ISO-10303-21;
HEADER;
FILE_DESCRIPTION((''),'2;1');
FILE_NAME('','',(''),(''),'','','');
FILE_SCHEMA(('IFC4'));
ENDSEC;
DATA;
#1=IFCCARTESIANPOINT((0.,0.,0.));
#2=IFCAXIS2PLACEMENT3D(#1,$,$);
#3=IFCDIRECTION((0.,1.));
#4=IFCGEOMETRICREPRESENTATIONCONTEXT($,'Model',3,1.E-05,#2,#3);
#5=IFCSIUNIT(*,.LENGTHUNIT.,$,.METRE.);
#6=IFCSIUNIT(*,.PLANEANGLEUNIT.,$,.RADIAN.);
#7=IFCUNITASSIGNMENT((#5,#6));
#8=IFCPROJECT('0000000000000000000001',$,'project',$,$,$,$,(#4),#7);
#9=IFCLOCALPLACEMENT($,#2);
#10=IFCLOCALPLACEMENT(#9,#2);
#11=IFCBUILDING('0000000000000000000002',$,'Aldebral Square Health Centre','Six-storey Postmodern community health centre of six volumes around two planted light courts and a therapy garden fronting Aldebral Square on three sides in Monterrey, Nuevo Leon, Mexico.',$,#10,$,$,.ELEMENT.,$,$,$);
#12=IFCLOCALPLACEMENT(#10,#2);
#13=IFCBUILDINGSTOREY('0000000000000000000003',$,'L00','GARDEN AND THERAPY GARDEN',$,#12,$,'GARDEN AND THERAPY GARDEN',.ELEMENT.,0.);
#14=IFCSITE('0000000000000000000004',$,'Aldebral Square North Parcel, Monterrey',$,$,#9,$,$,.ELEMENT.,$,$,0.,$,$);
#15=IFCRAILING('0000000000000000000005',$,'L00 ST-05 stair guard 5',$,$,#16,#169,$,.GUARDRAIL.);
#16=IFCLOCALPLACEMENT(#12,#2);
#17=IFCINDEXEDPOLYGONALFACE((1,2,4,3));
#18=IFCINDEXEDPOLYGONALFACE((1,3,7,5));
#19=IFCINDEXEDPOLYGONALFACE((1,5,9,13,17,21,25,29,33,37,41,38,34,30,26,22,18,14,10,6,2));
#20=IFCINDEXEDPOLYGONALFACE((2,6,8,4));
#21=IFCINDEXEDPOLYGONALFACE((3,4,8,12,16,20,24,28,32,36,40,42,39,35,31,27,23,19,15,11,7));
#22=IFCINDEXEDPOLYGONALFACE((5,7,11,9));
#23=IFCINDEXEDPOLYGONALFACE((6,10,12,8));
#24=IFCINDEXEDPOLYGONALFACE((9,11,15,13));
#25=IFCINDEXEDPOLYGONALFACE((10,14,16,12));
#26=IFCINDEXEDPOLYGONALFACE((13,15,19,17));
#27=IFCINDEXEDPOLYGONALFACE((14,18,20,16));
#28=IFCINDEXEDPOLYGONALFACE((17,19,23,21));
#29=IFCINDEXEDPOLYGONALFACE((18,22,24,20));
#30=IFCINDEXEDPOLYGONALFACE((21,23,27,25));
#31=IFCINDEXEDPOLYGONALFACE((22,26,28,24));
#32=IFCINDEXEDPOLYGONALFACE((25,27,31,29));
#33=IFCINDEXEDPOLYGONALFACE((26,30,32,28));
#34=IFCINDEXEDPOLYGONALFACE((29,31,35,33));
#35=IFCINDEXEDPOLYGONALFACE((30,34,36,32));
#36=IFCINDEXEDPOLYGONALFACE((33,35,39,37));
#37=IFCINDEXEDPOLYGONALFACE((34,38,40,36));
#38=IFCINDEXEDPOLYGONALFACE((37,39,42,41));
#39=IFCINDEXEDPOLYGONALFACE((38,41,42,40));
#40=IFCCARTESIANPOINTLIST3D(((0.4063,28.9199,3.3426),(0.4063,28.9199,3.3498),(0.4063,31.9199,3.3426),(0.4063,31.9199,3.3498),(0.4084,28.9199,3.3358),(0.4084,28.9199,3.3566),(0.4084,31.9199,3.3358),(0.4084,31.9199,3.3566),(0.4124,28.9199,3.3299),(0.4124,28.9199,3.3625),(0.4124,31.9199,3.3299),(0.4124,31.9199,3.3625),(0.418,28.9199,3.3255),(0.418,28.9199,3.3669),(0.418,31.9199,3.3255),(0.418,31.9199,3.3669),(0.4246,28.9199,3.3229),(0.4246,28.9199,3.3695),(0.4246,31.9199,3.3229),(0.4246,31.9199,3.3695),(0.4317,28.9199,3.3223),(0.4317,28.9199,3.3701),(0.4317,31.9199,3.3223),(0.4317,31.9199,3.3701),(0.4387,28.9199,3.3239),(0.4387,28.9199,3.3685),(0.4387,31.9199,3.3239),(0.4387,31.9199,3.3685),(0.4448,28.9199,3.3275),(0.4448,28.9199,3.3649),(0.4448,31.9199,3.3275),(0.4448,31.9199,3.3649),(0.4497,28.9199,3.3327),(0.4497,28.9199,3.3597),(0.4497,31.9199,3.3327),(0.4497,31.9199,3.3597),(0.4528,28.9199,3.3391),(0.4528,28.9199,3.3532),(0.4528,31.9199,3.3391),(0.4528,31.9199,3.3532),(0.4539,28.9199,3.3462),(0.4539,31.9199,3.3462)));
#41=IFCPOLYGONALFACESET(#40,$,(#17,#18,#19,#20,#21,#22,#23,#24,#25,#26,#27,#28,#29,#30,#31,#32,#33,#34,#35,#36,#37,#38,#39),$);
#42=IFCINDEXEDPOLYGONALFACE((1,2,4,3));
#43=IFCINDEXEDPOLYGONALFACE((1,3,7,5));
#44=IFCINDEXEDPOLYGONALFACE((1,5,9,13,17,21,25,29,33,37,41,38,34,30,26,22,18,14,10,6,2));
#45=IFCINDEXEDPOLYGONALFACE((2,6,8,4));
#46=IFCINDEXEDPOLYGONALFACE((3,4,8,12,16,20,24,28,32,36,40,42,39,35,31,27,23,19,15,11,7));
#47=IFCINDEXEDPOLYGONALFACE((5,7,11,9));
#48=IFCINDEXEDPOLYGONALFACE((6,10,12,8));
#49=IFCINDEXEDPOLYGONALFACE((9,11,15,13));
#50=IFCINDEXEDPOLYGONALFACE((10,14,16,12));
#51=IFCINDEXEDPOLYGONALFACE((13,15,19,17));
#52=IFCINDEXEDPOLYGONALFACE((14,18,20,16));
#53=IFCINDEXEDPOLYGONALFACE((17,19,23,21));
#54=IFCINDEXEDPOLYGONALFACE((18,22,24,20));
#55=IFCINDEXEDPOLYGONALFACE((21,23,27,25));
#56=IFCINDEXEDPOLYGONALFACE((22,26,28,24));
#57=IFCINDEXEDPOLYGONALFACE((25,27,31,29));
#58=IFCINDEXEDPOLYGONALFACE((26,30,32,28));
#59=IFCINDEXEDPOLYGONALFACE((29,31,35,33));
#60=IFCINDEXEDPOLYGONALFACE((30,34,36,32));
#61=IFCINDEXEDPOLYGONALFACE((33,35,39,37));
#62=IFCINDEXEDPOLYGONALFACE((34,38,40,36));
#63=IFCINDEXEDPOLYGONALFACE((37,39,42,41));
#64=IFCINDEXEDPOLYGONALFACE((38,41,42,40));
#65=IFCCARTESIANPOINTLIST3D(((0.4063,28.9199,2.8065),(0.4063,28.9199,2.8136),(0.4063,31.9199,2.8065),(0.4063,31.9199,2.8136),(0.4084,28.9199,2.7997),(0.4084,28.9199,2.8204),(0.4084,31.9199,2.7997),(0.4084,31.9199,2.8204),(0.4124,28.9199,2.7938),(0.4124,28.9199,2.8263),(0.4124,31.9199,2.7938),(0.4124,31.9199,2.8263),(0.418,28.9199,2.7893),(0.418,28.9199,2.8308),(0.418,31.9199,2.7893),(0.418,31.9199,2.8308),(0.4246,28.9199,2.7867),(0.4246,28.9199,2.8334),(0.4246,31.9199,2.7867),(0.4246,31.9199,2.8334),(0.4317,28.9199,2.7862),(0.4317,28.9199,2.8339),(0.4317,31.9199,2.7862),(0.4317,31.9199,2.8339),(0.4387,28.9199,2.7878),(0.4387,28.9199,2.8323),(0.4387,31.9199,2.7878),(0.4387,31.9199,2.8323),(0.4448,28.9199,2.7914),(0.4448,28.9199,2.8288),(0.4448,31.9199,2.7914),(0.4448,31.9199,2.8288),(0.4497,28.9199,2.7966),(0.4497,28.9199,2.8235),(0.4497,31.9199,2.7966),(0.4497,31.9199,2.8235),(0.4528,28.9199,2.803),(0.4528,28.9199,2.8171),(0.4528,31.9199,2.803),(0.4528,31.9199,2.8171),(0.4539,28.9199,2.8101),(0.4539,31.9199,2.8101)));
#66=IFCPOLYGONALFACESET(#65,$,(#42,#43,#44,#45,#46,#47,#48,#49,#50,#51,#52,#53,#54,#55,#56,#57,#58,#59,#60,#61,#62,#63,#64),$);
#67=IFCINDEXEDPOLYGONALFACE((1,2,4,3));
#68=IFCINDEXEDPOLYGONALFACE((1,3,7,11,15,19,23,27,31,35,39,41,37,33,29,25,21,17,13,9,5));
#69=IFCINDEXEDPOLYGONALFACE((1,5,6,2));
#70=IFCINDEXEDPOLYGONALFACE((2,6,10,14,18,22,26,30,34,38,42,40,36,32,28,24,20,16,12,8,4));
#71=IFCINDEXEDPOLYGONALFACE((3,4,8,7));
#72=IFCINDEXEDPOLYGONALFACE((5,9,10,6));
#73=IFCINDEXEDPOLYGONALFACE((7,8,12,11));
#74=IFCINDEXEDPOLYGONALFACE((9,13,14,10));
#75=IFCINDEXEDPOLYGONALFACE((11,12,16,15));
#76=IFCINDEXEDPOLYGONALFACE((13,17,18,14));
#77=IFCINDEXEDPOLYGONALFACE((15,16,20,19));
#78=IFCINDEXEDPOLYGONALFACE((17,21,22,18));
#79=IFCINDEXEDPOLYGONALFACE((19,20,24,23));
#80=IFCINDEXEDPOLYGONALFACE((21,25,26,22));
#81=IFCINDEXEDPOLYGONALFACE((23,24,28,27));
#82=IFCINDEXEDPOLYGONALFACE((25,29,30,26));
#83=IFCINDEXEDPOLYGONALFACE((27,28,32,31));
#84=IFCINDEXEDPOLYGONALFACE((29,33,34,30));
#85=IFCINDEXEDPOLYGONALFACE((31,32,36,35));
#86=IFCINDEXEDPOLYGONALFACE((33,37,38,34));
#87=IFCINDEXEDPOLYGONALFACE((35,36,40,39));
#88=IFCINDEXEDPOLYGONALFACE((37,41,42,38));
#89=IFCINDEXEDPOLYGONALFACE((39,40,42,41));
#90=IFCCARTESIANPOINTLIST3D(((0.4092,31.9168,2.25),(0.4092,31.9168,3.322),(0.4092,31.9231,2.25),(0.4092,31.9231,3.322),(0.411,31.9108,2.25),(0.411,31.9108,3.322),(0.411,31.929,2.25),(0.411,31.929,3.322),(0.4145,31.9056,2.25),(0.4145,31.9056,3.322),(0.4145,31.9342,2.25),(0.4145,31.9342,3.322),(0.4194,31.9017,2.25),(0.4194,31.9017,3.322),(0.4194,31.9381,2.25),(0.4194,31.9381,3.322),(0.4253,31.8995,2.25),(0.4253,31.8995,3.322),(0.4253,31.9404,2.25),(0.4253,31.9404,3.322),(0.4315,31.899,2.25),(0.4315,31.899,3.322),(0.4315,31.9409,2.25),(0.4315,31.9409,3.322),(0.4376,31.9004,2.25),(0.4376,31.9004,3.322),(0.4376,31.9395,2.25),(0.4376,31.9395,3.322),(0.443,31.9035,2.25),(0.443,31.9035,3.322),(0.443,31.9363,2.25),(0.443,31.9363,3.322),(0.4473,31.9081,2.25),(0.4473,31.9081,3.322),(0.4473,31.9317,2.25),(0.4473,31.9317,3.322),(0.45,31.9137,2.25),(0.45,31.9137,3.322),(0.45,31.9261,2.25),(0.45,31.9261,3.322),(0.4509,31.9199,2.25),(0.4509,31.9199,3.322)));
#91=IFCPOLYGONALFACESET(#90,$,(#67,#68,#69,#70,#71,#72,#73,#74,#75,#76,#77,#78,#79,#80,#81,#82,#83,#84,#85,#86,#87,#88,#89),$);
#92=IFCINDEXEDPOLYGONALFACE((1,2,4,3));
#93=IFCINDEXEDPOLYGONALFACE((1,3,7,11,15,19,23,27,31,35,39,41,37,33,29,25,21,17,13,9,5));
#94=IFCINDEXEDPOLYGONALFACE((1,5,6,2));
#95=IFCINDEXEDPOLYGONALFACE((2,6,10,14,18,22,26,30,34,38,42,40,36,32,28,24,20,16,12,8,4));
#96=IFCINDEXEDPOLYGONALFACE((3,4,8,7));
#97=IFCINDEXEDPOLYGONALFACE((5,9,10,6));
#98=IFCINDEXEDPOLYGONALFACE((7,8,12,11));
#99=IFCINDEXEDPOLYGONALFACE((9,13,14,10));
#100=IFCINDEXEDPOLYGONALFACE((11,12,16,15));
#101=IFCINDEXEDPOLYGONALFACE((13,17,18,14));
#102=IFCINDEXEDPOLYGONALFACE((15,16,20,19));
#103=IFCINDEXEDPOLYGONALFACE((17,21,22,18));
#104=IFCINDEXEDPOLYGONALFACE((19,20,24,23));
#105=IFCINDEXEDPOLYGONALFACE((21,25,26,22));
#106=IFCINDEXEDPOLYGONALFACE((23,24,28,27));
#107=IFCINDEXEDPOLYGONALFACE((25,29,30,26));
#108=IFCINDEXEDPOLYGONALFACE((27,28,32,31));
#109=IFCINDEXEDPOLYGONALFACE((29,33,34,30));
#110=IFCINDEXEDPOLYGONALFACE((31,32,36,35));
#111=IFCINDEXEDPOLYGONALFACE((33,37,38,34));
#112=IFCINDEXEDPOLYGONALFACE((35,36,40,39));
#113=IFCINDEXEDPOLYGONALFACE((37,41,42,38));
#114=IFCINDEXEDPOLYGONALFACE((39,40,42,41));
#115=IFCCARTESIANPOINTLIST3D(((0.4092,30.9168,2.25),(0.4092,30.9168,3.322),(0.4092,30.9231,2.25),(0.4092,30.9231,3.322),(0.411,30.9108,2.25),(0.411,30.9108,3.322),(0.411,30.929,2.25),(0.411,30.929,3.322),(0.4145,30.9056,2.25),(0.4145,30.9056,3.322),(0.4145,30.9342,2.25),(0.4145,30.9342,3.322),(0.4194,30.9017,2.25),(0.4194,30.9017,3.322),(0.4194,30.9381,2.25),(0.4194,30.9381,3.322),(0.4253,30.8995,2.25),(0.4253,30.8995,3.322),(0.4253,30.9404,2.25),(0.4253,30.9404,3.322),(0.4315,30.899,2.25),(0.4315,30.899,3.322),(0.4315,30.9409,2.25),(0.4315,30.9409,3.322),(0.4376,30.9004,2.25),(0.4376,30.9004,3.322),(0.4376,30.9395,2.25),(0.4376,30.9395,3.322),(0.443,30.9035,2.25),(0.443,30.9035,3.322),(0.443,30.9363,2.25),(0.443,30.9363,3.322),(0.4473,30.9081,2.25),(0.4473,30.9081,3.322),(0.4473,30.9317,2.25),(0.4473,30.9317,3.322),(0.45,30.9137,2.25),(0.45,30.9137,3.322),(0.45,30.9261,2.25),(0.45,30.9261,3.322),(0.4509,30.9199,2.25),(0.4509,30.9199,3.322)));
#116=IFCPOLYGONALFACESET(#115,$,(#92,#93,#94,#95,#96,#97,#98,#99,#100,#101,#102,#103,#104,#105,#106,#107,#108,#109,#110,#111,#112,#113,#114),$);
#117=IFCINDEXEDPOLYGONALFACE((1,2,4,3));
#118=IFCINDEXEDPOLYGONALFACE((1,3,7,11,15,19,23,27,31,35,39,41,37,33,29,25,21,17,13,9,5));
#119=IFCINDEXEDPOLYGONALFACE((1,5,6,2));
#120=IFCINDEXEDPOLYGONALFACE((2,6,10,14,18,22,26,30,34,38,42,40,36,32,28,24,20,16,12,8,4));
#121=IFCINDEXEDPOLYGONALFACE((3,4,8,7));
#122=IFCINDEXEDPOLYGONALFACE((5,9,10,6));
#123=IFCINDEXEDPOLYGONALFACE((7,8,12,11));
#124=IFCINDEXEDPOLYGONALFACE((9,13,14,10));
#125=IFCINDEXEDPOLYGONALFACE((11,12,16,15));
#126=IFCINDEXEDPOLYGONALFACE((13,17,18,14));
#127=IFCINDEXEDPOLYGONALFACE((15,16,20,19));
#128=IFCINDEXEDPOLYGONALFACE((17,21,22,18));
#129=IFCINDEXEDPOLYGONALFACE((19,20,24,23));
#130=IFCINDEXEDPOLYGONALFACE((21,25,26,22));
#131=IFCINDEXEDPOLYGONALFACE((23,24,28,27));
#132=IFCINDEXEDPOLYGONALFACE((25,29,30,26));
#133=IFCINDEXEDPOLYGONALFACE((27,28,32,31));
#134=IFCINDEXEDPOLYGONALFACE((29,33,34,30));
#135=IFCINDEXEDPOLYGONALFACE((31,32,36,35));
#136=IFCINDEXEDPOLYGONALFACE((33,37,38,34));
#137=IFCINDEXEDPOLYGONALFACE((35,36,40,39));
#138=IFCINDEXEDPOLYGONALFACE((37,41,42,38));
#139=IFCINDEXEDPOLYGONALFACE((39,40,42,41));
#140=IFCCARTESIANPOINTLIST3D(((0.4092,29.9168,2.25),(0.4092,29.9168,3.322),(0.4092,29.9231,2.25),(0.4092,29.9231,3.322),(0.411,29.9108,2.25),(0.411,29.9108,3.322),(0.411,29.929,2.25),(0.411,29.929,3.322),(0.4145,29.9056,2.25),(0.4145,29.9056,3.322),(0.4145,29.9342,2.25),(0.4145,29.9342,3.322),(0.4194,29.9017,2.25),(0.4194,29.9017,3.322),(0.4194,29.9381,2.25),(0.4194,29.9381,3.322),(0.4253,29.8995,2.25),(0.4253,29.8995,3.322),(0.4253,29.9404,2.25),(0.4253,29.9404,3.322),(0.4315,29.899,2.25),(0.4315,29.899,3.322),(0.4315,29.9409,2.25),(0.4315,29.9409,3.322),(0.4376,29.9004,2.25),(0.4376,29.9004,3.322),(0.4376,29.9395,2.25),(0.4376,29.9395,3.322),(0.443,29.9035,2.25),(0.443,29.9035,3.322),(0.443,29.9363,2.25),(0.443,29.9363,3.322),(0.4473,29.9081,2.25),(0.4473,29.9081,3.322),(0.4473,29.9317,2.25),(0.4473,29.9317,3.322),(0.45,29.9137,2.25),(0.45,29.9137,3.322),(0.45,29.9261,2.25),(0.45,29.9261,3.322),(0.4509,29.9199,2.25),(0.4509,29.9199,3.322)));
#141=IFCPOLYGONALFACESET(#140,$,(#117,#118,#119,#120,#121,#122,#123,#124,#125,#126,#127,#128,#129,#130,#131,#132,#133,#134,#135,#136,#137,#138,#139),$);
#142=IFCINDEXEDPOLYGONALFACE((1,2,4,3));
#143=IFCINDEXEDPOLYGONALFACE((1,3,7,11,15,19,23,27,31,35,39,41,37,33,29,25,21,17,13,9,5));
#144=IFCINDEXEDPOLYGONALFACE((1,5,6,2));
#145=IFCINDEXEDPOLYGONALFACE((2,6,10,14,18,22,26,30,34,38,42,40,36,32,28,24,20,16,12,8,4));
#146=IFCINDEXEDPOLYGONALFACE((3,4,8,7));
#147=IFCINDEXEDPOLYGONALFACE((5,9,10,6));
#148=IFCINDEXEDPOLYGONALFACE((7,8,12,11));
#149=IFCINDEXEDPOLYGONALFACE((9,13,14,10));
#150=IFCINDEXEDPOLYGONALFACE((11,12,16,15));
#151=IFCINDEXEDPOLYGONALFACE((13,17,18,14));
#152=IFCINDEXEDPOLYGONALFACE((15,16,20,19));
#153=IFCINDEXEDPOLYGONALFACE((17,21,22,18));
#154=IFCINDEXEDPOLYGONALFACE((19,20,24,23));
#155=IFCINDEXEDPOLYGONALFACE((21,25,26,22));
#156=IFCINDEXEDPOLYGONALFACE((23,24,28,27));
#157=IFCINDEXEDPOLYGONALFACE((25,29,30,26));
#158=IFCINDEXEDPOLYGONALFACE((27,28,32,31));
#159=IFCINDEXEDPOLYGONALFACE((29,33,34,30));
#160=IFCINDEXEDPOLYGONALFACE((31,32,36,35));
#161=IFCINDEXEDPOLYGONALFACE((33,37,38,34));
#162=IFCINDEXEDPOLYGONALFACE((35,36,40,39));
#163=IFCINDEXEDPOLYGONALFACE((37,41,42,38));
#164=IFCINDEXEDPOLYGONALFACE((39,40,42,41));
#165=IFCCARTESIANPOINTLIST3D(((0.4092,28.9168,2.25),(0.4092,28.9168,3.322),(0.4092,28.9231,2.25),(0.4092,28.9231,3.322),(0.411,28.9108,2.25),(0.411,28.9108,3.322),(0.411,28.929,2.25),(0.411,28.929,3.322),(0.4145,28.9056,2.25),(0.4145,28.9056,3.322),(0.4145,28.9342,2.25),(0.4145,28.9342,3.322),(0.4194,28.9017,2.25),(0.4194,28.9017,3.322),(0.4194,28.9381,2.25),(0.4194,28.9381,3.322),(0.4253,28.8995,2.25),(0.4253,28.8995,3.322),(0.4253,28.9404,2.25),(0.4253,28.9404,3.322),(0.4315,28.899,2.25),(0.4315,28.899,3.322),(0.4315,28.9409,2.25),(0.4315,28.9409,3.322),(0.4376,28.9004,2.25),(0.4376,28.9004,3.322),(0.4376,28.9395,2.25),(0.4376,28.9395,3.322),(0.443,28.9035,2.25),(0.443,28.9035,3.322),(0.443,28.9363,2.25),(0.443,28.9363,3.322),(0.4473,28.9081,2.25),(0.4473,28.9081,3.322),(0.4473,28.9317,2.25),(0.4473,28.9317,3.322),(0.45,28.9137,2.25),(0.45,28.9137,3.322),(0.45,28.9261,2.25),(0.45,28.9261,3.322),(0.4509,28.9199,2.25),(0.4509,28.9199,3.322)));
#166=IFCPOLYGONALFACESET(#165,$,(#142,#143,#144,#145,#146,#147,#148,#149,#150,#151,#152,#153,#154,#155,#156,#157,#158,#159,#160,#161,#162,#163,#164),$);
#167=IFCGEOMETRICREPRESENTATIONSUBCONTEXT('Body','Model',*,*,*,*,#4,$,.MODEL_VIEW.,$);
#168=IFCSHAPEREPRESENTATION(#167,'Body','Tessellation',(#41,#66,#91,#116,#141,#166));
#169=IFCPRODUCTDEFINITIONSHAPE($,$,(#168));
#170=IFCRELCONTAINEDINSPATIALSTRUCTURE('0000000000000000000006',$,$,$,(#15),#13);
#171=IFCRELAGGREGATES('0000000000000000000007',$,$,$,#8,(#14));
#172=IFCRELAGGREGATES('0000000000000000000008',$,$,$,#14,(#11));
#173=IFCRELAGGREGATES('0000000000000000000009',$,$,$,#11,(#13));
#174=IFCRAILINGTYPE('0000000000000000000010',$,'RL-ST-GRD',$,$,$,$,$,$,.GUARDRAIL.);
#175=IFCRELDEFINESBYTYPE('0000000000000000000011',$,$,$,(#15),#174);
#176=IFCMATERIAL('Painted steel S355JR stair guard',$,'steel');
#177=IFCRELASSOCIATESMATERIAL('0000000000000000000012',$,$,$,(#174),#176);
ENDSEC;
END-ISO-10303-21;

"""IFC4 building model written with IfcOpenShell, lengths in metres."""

from ifc_helpers import new_model, si_unit, direction, frame, origin, origin_2d, place, context, subcontext, project, spatial, circle, extrude, material, type_object, element, save


model = new_model("IFC4")

# Units and contexts
model_context = context("Model", 3, precision=1e-05, world=origin(), true_north=direction((0.0, 1.0)))
body_context = subcontext(model_context, "Body", "Model", "MODEL_VIEW")
ifc_project = project(units=[si_unit("LENGTHUNIT", "METRE"), si_unit("PLANEANGLEUNIT", "RADIAN")], contexts=[model_context])

# Site, building, storey
site_placement = place(None, origin())
site = spatial("IfcSite", under=ifc_project, at=site_placement, Name="Aldebral Square North Parcel, Monterrey", CompositionType="ELEMENT", RefElevation=0.0)
building_placement = place(site_placement, origin())
building = spatial("IfcBuilding", under=site, at=building_placement, Name="Aldebral Square Health Centre", Description="Six-storey Postmodern community health centre of six volumes around two planted light courts and a therapy garden fronting Aldebral Square on three sides in Monterrey, Nuevo Leon, Mexico.", CompositionType="ELEMENT")
storey_placement = place(building_placement, origin())
storey = spatial("IfcBuildingStorey", under=building, at=storey_placement, Name="L00", Description="GARDEN AND THERAPY GARDEN", LongName="GARDEN AND THERAPY GARDEN", CompositionType="ELEMENT", Elevation=0.0)

# Railing
ifc_material_1 = material(Name="Painted steel S355JR stair guard", Category="steel")
railing_type_1 = type_object("IfcRailingType", Name="RL-ST-GRD", PredefinedType="GUARDRAIL", material=ifc_material_1)
railing_1_placement = place(storey_placement, frame((0.4299, 31.9199, 2.25)))
element("IfcRailing", 1, at=railing_1_placement, inside=storey, type_object=railing_type_1, Name="L00 ST-05 stair guard 5", PredefinedType="GUARDRAIL", context=body_context, shape_type="SweptSolid", body=[
    extrude(circle(Radius=0.0239, at=origin_2d()), frame((0.0, 0.0, 1.0962), z_axis=(0.0, -1.0, 0.0), x_axis=(1.0, 0.0, 0.0)), (0.0, 0.0, 1.0), 3.0),
    extrude(circle(Radius=0.0239, at=origin_2d()), frame((0.0, 0.0, 0.5601), z_axis=(0.0, -1.0, 0.0), x_axis=(1.0, 0.0, 0.0)), (0.0, 0.0, 1.0), 3.0),
    extrude(circle(Radius=0.021, at=origin_2d()), origin(), (0.0, 0.0, 1.0), 1.072),
    extrude(circle(Radius=0.021, at=origin_2d()), frame((0.0, -1.0, 0.0)), (0.0, 0.0, 1.0), 1.072),
    extrude(circle(Radius=0.021, at=origin_2d()), frame((0.0, -2.0, 0.0)), (0.0, 0.0, 1.0), 1.072),
    extrude(circle(Radius=0.021, at=origin_2d()), frame((0.0, -3.0, 0.0)), (0.0, 0.0, 1.0), 1.072),
])

save(model, "model.ifc")
